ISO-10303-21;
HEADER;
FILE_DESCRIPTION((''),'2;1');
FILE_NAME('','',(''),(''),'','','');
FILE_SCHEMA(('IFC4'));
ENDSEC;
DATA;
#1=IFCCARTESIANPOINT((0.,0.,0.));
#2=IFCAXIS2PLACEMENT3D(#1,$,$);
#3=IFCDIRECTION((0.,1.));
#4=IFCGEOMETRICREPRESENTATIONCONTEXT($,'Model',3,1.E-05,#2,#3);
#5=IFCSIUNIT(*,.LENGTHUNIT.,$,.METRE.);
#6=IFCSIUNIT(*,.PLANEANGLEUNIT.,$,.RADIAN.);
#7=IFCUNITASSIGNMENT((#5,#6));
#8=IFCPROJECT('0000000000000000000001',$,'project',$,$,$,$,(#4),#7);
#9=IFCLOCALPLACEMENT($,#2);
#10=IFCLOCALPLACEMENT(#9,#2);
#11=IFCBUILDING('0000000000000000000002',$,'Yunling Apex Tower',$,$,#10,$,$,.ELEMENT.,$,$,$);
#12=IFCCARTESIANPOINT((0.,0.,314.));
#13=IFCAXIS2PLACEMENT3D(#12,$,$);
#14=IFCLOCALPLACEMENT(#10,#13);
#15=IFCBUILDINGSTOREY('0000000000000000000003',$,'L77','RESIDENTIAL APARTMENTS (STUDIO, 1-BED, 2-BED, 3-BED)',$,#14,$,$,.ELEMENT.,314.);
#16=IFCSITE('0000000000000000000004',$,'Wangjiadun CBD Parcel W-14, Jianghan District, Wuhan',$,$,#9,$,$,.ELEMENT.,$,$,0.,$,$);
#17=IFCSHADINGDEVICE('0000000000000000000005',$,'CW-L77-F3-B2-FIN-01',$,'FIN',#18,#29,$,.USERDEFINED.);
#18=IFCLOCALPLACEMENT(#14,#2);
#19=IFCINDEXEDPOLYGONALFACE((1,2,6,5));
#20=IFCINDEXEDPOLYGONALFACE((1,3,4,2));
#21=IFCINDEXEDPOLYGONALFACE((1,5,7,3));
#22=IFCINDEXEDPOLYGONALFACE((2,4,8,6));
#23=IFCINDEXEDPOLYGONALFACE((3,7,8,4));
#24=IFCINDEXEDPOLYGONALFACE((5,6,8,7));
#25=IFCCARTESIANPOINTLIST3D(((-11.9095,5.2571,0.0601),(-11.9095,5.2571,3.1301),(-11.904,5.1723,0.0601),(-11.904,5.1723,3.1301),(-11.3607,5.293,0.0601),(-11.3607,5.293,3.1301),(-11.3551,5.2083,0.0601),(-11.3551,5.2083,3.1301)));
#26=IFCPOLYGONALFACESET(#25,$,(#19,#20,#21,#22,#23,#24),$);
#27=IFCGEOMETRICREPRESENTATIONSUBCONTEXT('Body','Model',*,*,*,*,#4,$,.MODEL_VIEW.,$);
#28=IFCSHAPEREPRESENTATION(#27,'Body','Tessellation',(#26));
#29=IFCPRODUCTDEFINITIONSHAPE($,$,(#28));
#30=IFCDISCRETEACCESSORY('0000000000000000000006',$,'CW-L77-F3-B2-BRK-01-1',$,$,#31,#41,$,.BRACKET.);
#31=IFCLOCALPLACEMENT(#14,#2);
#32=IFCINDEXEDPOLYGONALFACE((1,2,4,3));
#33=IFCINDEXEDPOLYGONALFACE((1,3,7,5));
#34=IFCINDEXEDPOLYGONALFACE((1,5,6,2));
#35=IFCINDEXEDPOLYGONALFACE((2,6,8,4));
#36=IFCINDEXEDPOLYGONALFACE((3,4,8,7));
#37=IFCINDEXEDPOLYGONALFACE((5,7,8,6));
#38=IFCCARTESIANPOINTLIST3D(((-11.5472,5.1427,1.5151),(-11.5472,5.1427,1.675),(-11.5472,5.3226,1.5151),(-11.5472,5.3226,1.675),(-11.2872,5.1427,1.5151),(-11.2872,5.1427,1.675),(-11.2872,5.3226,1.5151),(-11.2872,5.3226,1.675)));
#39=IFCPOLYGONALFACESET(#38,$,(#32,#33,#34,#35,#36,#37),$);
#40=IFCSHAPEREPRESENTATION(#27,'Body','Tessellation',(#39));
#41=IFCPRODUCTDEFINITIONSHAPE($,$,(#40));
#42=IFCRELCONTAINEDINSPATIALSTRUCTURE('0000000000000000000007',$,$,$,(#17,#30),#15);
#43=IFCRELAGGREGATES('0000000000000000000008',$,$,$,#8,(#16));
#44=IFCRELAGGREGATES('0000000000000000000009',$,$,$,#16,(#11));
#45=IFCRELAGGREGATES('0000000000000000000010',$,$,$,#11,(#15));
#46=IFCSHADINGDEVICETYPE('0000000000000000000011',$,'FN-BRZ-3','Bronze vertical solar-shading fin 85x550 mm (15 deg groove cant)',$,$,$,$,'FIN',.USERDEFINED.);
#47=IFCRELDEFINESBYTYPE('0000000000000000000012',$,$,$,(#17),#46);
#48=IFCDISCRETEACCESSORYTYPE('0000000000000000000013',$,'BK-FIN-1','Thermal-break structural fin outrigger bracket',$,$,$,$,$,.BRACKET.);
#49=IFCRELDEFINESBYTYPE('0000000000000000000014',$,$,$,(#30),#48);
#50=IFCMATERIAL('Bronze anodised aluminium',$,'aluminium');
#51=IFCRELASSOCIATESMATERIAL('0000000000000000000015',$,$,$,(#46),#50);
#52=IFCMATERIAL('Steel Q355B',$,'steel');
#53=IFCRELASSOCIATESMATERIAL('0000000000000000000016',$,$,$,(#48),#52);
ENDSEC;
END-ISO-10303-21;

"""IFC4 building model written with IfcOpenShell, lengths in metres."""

from ifc_helpers import new_model, si_unit, direction, frame, origin, origin_2d, place, context, subcontext, project, spatial, rectangle, extrude, source, transform, mapped, material, material_profile, profile_set, type_object, element, save


model = new_model("IFC4")

# Units and contexts
model_context = context("Model", 3, precision=1e-05, world=origin(), true_north=direction((0.0, 1.0)))
body_context = subcontext(model_context, "Body", "Model", "MODEL_VIEW")
ifc_project = project(units=[si_unit("LENGTHUNIT", "METRE"), si_unit("PLANEANGLEUNIT", "RADIAN")], contexts=[model_context])

# Site, building, storey
site_placement = place(None, origin())
site = spatial("IfcSite", under=ifc_project, at=site_placement, Name="Wangjiadun CBD Parcel W-14, Jianghan District, Wuhan", CompositionType="ELEMENT", RefElevation=0.0)
building_placement = place(site_placement, origin())
building = spatial("IfcBuilding", under=site, at=building_placement, Name="Yunling Apex Tower", CompositionType="ELEMENT")
storey_placement = place(building_placement, frame((0.0, 0.0, 314.0)))
storey = spatial("IfcBuildingStorey", under=building, at=storey_placement, Name="L77", Description="RESIDENTIAL APARTMENTS (STUDIO, 1-BED, 2-BED, 3-BED)", CompositionType="ELEMENT", Elevation=314.0)

# Shared definitions
ifc_material_1 = material(Name="Steel Q355B", Category="steel")

# Shared definitions
ifc_material_2 = material(Name="Bronze anodised aluminium", Category="aluminium")

# Shading device
ifc_material_profile_1 = material_profile(ifc_material_2, rectangle(XDim=0.085, YDim=0.55, at=origin_2d()))
ifc_profile_set_1 = profile_set([ifc_material_profile_1], Name="Bronze anodised aluminium")
shading_device_type = type_object("IfcShadingDeviceType", Name="FN-BRZ-3", Description="Bronze vertical solar-shading fin 85x550 mm (15 deg groove cant)", ElementType="FIN", PredefinedType="USERDEFINED", material=ifc_profile_set_1)
shared_shape_1 = source(origin(), body_context, "Body", "SweptSolid", [
    extrude(rectangle(XDim=0.085, YDim=0.55, at=origin_2d()), origin(), (0.0, 0.0, 1.0), 3.0701),
])
shading_device_placement = place(storey_placement, frame((-11.6323, 5.2327, 0.0601), z_axis=(0.0, 0.0, 1.0), x_axis=(0.065403, -0.997859, 0.0)))
element("IfcShadingDevice", 1, at=shading_device_placement, inside=storey, type_object=shading_device_type, Name="CW-L77-F3-B2-FIN-01", ObjectType="FIN", PredefinedType="USERDEFINED", context=body_context, shape_type="MappedRepresentation", body=[
    mapped(shared_shape_1, transform((0.0, 0.0, 0.0), scale=1.0)),
])

# Discrete accessory
discrete_accessory_type = type_object("IfcDiscreteAccessoryType", Name="BK-FIN-1", Description="Thermal-break structural fin outrigger bracket", PredefinedType="BRACKET", material=ifc_material_1)
shared_shape_2 = source(origin(), body_context, "Body", "SweptSolid", [
    extrude(rectangle(XDim=0.1799, YDim=0.26, at=origin_2d()), origin(), (0.0, 0.0, 1.0), 0.1599),
])
discrete_accessory_placement = place(storey_placement, frame((-11.4172, 5.2327, 1.5151), z_axis=(0.0, 0.0, 1.0), x_axis=(0.0, -1.0, 0.0)))
element("IfcDiscreteAccessory", 2, at=discrete_accessory_placement, inside=storey, type_object=discrete_accessory_type, Name="CW-L77-F3-B2-BRK-01-1", PredefinedType="BRACKET", context=body_context, shape_type="MappedRepresentation", body=[
    mapped(shared_shape_2, transform((0.0, 0.0, 0.0), scale=1.0)),
])

save(model, "model.ifc")
